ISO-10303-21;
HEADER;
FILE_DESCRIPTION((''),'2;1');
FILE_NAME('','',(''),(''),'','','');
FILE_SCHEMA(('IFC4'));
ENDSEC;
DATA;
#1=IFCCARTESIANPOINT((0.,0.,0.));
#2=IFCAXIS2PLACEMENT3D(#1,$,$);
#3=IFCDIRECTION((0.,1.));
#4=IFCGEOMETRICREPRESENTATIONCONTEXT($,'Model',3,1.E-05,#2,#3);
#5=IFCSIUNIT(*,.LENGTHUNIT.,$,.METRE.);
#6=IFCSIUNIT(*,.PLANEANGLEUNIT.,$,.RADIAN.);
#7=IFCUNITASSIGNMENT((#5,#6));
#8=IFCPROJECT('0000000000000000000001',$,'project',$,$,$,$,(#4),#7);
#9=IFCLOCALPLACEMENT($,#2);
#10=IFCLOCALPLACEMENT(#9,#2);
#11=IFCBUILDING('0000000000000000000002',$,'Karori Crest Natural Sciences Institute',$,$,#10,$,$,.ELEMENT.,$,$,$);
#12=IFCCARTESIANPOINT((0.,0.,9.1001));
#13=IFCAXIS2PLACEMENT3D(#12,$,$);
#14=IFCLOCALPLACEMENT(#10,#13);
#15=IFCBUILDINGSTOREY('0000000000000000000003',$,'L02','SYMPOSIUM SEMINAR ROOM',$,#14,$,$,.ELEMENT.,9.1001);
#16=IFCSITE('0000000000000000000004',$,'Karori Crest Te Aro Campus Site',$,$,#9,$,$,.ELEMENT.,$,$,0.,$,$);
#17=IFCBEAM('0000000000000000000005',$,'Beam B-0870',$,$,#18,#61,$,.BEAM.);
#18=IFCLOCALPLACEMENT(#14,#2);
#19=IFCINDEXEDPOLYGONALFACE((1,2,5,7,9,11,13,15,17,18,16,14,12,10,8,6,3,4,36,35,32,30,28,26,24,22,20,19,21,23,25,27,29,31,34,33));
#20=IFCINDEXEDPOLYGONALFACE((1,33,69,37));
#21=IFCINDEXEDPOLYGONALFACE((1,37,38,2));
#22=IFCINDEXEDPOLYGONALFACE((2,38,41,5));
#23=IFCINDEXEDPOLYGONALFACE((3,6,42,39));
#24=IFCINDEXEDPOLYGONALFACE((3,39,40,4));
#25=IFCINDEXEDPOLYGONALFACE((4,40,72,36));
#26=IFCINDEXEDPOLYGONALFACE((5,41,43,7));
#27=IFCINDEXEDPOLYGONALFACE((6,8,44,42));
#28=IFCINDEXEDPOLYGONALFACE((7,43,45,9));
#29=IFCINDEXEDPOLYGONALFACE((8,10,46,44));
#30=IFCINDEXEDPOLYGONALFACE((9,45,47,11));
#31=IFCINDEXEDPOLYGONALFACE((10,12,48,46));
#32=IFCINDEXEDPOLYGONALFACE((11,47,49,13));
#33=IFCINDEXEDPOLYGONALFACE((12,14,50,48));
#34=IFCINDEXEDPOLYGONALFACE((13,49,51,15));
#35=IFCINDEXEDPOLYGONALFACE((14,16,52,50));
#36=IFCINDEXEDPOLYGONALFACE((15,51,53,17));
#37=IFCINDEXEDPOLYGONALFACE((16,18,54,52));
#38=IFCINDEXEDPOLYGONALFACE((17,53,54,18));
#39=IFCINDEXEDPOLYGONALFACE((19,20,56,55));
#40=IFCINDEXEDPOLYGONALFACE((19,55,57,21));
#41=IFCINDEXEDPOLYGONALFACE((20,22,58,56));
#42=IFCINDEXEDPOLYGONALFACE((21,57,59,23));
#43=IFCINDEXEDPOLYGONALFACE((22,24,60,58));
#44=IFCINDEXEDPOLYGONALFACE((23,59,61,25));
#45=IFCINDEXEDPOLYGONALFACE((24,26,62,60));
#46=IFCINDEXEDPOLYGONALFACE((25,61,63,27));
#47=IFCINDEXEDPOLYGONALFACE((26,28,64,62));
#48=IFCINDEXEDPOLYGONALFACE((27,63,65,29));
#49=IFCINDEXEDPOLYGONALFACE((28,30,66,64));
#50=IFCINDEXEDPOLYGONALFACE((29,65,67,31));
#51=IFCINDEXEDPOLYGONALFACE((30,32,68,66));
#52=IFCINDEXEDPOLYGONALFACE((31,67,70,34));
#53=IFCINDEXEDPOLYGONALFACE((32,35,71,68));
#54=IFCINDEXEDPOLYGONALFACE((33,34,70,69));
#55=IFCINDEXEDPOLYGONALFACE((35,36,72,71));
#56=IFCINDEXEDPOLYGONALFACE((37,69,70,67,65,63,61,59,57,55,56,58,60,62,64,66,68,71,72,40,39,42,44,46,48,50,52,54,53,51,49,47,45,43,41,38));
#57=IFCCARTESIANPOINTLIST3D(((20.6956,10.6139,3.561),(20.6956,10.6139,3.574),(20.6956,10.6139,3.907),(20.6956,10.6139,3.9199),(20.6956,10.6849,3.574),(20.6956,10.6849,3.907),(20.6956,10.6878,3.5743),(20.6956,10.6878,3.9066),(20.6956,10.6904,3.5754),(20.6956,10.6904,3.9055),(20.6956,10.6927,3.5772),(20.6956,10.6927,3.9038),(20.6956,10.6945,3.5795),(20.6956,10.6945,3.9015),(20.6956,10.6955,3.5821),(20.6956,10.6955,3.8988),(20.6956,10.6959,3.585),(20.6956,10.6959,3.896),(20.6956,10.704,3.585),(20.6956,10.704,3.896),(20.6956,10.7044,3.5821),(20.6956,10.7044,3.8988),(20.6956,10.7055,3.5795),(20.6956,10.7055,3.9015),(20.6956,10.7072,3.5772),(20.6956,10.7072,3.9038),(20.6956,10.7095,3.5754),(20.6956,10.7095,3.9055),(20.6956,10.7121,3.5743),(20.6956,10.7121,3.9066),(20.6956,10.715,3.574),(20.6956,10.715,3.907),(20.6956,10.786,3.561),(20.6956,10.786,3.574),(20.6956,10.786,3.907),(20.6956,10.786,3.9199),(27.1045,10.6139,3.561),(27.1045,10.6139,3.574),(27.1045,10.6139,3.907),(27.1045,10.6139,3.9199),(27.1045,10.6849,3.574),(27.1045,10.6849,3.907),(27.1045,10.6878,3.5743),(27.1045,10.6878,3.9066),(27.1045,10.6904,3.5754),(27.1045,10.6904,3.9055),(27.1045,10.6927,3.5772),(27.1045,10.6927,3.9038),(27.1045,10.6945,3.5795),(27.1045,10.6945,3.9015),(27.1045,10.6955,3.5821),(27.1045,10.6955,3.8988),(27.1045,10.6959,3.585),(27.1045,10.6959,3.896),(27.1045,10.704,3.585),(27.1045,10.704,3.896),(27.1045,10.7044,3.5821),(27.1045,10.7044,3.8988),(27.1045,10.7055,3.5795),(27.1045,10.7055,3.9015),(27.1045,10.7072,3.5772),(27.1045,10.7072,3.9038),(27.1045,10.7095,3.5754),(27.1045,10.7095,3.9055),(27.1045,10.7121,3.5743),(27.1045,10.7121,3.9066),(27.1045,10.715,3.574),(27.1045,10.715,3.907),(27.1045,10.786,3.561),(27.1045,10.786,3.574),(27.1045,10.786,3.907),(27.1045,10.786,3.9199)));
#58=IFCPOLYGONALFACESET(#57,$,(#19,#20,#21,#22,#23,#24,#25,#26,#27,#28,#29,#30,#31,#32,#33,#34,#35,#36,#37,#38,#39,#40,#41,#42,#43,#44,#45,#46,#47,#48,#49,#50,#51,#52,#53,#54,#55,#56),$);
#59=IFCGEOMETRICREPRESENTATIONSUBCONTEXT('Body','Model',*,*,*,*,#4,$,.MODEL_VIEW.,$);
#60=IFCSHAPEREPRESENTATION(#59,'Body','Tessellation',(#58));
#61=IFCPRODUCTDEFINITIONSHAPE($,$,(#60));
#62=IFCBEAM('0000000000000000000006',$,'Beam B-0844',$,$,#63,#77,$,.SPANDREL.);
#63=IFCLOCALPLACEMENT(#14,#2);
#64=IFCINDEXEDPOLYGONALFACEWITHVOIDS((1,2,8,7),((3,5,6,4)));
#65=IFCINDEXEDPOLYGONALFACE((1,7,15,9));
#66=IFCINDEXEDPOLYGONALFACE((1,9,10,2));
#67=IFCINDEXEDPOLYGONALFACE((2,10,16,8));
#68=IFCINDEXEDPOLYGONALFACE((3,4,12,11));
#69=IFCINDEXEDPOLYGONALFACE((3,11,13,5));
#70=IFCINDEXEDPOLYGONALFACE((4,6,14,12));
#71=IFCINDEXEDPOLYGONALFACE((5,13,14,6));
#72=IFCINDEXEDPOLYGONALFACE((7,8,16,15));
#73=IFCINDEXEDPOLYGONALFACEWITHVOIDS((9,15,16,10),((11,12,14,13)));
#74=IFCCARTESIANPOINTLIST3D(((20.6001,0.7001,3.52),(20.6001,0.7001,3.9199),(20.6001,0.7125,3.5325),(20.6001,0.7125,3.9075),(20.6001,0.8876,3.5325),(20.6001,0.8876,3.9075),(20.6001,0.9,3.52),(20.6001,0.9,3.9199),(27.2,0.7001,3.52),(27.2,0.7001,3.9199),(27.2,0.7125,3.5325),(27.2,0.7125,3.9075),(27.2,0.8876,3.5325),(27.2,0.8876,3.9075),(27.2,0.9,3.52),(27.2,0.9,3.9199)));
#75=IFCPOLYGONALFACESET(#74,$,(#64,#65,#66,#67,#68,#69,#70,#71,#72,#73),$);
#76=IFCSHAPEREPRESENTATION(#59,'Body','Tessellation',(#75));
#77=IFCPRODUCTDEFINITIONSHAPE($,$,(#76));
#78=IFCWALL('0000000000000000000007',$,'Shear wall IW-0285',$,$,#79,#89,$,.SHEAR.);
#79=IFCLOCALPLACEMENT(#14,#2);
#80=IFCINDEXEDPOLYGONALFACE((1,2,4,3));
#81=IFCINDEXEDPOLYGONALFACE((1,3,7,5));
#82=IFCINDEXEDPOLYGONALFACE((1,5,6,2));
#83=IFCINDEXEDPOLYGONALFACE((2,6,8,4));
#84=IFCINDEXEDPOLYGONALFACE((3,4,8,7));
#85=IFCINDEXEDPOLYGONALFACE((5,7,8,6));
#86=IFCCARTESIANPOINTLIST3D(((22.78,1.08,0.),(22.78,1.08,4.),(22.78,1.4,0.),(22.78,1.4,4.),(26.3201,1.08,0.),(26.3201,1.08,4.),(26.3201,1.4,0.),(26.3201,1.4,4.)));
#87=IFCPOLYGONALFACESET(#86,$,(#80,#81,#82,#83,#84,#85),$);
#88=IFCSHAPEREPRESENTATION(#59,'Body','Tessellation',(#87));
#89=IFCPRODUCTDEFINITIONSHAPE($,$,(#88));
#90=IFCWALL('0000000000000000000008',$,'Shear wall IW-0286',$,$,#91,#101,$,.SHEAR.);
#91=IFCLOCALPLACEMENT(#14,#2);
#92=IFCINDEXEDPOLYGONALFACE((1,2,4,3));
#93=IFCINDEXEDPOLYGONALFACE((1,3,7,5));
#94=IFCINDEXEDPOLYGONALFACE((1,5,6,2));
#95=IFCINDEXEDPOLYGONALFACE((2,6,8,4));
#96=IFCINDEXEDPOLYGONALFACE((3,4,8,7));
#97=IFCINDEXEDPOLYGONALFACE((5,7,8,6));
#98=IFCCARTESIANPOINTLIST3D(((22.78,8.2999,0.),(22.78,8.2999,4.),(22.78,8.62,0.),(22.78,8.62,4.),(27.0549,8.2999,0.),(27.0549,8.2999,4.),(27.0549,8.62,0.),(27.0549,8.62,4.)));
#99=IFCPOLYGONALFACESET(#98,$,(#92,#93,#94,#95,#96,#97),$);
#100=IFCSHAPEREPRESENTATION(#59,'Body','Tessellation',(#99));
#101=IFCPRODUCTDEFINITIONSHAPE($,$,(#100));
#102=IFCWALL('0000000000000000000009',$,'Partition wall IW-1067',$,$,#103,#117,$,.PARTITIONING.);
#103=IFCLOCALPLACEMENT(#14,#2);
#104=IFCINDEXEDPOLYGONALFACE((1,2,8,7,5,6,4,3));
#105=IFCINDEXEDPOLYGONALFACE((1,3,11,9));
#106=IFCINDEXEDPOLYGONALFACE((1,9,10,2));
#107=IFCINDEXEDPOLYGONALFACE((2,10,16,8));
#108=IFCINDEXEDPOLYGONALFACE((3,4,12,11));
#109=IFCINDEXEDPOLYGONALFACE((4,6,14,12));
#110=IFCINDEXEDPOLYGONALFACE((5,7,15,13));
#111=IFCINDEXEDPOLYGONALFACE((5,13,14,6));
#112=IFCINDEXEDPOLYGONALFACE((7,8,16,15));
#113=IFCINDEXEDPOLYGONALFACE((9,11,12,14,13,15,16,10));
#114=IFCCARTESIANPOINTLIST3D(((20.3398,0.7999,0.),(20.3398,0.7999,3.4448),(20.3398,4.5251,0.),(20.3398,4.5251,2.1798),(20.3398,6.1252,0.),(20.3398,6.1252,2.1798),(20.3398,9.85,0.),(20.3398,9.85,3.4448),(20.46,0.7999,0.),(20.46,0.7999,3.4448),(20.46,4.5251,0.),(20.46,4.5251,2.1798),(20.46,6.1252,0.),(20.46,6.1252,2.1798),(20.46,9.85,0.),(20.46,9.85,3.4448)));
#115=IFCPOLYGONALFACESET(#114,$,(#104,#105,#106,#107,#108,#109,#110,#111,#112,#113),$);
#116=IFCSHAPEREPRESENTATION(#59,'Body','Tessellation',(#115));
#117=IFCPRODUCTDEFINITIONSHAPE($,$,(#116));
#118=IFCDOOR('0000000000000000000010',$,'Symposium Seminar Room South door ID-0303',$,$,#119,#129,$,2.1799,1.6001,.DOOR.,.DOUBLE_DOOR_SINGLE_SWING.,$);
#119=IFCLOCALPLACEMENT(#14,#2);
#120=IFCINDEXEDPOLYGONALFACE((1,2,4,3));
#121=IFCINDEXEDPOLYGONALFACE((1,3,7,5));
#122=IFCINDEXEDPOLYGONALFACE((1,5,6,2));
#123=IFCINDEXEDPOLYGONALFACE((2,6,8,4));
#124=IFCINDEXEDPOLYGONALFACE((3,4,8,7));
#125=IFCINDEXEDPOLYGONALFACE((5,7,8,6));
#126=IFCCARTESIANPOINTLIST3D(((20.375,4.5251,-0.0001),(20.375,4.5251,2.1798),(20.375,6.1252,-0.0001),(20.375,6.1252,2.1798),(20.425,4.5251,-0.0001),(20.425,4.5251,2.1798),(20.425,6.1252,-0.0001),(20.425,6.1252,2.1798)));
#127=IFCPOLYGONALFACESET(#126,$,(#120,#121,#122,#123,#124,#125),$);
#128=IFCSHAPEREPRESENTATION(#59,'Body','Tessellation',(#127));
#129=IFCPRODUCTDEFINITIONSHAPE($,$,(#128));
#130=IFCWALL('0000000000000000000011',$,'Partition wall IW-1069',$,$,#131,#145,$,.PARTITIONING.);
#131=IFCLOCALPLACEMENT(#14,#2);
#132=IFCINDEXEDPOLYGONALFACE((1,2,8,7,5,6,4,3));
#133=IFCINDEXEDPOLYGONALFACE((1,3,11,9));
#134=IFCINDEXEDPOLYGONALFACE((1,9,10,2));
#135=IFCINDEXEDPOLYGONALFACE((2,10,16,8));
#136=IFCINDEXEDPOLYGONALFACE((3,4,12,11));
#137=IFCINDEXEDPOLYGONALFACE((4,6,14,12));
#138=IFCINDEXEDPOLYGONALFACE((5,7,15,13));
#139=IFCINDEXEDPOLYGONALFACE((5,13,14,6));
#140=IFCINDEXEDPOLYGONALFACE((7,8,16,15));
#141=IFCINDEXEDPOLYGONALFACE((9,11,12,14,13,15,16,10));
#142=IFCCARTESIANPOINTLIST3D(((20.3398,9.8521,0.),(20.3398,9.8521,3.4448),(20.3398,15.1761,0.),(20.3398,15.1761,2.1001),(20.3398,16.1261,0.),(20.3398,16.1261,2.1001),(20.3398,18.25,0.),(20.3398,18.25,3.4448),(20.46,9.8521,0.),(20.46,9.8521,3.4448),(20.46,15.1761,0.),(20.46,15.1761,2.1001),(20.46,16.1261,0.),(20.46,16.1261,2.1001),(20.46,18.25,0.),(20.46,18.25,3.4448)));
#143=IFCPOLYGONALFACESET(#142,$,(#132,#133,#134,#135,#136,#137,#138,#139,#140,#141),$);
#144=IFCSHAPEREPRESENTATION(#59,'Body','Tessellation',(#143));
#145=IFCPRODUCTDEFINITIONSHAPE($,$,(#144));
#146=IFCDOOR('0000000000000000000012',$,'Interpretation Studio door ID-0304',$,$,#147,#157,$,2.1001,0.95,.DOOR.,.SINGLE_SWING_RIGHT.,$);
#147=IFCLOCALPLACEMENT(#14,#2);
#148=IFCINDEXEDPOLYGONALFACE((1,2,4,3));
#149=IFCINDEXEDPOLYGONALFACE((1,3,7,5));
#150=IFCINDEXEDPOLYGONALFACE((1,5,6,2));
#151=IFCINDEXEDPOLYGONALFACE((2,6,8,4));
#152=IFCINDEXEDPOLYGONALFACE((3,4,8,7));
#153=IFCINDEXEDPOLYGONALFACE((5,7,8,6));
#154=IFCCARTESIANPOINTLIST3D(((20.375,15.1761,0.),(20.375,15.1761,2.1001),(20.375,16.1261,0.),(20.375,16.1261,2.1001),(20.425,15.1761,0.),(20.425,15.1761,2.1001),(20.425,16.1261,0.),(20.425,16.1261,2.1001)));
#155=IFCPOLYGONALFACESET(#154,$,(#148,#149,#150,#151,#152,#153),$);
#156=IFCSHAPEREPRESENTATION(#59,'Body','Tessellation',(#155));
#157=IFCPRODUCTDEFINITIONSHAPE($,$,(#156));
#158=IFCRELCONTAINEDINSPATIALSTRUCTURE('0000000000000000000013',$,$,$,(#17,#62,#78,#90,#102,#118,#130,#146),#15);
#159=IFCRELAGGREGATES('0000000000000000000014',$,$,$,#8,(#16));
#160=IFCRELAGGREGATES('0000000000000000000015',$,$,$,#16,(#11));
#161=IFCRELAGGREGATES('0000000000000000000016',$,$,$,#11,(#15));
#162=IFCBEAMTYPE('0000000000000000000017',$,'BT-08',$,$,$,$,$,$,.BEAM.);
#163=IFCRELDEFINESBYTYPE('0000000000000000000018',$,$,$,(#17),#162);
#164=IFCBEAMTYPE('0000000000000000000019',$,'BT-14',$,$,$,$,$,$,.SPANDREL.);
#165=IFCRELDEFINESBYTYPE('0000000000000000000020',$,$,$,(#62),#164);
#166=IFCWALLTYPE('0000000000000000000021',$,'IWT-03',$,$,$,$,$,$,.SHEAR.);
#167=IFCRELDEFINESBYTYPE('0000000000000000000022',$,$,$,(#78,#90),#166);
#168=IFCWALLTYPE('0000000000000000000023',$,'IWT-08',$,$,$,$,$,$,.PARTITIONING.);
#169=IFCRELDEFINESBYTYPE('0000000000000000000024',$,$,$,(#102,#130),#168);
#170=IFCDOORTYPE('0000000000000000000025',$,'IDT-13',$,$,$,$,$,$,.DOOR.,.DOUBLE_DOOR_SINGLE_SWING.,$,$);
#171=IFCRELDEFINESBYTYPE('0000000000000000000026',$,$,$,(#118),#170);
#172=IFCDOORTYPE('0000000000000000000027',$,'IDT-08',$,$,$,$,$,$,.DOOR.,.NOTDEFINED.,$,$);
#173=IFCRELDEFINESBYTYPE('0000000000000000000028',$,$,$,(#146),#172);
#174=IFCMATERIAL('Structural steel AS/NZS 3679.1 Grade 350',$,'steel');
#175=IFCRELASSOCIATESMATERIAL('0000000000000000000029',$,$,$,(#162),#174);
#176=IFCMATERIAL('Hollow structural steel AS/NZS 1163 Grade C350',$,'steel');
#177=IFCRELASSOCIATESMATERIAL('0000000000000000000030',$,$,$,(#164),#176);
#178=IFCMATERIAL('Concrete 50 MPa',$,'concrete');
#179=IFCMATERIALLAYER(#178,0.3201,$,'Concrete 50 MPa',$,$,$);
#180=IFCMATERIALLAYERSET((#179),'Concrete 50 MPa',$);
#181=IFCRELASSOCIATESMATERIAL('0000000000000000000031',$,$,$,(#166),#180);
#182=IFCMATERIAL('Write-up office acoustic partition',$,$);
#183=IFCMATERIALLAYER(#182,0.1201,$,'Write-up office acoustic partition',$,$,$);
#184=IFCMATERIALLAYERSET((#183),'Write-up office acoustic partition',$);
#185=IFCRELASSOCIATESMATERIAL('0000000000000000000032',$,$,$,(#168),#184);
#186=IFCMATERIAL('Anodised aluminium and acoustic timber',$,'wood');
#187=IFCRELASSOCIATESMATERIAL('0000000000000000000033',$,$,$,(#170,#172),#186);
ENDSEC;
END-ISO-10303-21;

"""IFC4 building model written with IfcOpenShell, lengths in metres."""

from ifc_helpers import new_model, si_unit, direction, frame, frame_2d, origin, origin_2d, place, context, subcontext, project, spatial, rectangle, hollow_rectangle, i_section, extrude, material, layer, layer_set, material_profile, profile_set, type_object, element, fill, save


model = new_model("IFC4")

# Units and contexts
model_context = context("Model", 3, precision=1e-05, world=origin(), true_north=direction((0.0, 1.0)))
body_context = subcontext(model_context, "Body", "Model", "MODEL_VIEW")
ifc_project = project(units=[si_unit("LENGTHUNIT", "METRE"), si_unit("PLANEANGLEUNIT", "RADIAN")], contexts=[model_context])

# Site, building, storey
site_placement = place(None, origin())
site = spatial("IfcSite", under=ifc_project, at=site_placement, Name="Karori Crest Te Aro Campus Site", CompositionType="ELEMENT", RefElevation=0.0)
building_placement = place(site_placement, origin())
building = spatial("IfcBuilding", under=site, at=building_placement, Name="Karori Crest Natural Sciences Institute", CompositionType="ELEMENT")
storey_placement = place(building_placement, frame((0.0, 0.0, 9.1001)))
storey = spatial("IfcBuildingStorey", under=building, at=storey_placement, Name="L02", Description="SYMPOSIUM SEMINAR ROOM", CompositionType="ELEMENT", Elevation=9.1001)

# Shared definitions
ifc_material_1 = material(Name="Structural steel AS/NZS 3679.1 Grade 350", Category="steel")
ifc_material_2 = material(Name="Hollow structural steel AS/NZS 1163 Grade C350", Category="steel")

# Beams
ifc_material_profile_1 = material_profile(ifc_material_1, i_section(OverallWidth=0.1721, OverallDepth=0.3589, WebThickness=0.0081, FlangeThickness=0.0129, FilletRadius=0.011, at=origin_2d()), Name="360UB56.7")
ifc_profile_set_1 = profile_set([ifc_material_profile_1], Name="Structural steel AS/NZS 3679.1 Grade 350")
beam_type_1 = type_object("IfcBeamType", Name="BT-08", PredefinedType="BEAM", material=ifc_profile_set_1)
for number, where, z_axis, x_axis, name in (
    (1, (20.6956, 10.7, 3.7405), (1.0, 0.0, 0.0), (0.0, 1.0, 0.0), "Beam B-0870"),
):
    element("IfcBeam", number, at=place(storey_placement, frame(where, z_axis=z_axis, x_axis=x_axis)), inside=storey, type_object=beam_type_1, Name=name, PredefinedType="BEAM", context=body_context, shape_type="SweptSolid", body=[
        extrude(i_section(OverallWidth=0.1721, OverallDepth=0.3589, WebThickness=0.0081, FlangeThickness=0.0129, FilletRadius=0.011, at=origin_2d()), origin(), (0.0, 0.0, 1.0), 6.4089),
    ])
ifc_material_profile_2 = material_profile(ifc_material_2, hollow_rectangle(XDim=0.2, YDim=0.3999, WallThickness=0.0125, at=origin_2d()), Name="RHS400x200x12.5")
ifc_profile_set_2 = profile_set([ifc_material_profile_2], Name="Hollow structural steel AS/NZS 1163 Grade C350")
beam_type_2 = type_object("IfcBeamType", Name="BT-14", PredefinedType="SPANDREL", material=ifc_profile_set_2)
beam_1_placement = place(storey_placement, frame((20.6001, 0.8, 3.72), z_axis=(1.0, 0.0, 0.0), x_axis=(0.0, 1.0, 0.0)))
element("IfcBeam", 2, at=beam_1_placement, inside=storey, type_object=beam_type_2, Name="Beam B-0844", PredefinedType="SPANDREL", context=body_context, shape_type="SweptSolid", body=[
    extrude(hollow_rectangle(XDim=0.2, YDim=0.3999, WallThickness=0.0125, at=origin_2d()), origin(), (0.0, 0.0, 1.0), 6.5999),
])

# Walls
ifc_material_3 = material(Name="Concrete 50 MPa", Category="concrete")
ifc_layer_1 = layer(ifc_material_3, 0.3201, Name="Concrete 50 MPa")
ifc_layer_set_1 = layer_set([ifc_layer_1], Name="Concrete 50 MPa")
wall_type_1 = type_object("IfcWallType", Name="IWT-03", PredefinedType="SHEAR", material=ifc_layer_set_1)
wall_1_placement = place(storey_placement, frame((22.78, 1.24, 0.0), z_axis=(0.0, 0.0, 1.0), x_axis=(1.0, 0.0, 0.0)))
element("IfcWall", 3, at=wall_1_placement, inside=storey, type_object=wall_type_1, Name="Shear wall IW-0285", PredefinedType="SHEAR", context=body_context, shape_type="SweptSolid", body=[
    extrude(rectangle(XDim=3.54, YDim=0.3201, at=frame_2d((1.77, 0.0))), origin(), (0.0, 0.0, 1.0), 4.0),
])
wall_2_placement = place(storey_placement, frame((22.78, 8.46, 0.0), z_axis=(0.0, 0.0, 1.0), x_axis=(1.0, 0.0, 0.0)))
element("IfcWall", 4, at=wall_2_placement, inside=storey, type_object=wall_type_1, Name="Shear wall IW-0286", PredefinedType="SHEAR", context=body_context, shape_type="SweptSolid", body=[
    extrude(rectangle(XDim=4.2749, YDim=0.3201, at=frame_2d((2.1375, 0.0))), origin(), (0.0, 0.0, 1.0), 4.0),
])

# Walls, openings, doors
ifc_material_4 = material(Name="Write-up office acoustic partition")
ifc_layer_2 = layer(ifc_material_4, 0.1201, Name="Write-up office acoustic partition")
ifc_layer_set_2 = layer_set([ifc_layer_2], Name="Write-up office acoustic partition")
wall_type_2 = type_object("IfcWallType", Name="IWT-08", PredefinedType="PARTITIONING", material=ifc_layer_set_2)
wall_3_placement = place(storey_placement, frame((20.3999, 0.8, 0.0), z_axis=(0.0, 0.0, 1.0), x_axis=(0.0, 1.0, 0.0)))
wall_3 = element("IfcWall", 5, at=wall_3_placement, inside=storey, type_object=wall_type_2, Name="Partition wall IW-1067", PredefinedType="PARTITIONING", context=body_context, shape_type="SweptSolid", body=[
    extrude(rectangle(XDim=9.05, YDim=0.1201, at=frame_2d((4.5249, 0.0))), origin(), (0.0, 0.0, 1.0), 3.4448),
])
opening_1_placement = place(wall_3_placement, frame((3.7251, 0.0, 0.0)))
opening_1 = element("IfcOpeningElement", 6, at=opening_1_placement, cuts=wall_3, PredefinedType="OPENING", context=body_context, shape_type="SweptSolid", body=[
    extrude(rectangle(XDim=1.6001, YDim=2.1799, at=frame_2d((0.8, 1.0898))), frame((0.0, 0.0701, 0.0), z_axis=(0.0, -1.0, 0.0), x_axis=(1.0, 0.0, 0.0)), (0.0, 0.0, 1.0), 0.1401),
])
ifc_material_5 = material(Name="Anodised aluminium and acoustic timber", Category="wood")
door_type_1 = type_object("IfcDoorType", Name="IDT-13", OperationType="DOUBLE_DOOR_SINGLE_SWING", PredefinedType="DOOR", material=ifc_material_5)
door_1_placement = place(opening_1_placement, origin())
door_1 = element("IfcDoor", 7, at=door_1_placement, inside=storey, type_object=door_type_1, Name="Symposium Seminar Room South door ID-0303", OperationType="DOUBLE_DOOR_SINGLE_SWING", OverallHeight=2.1799, OverallWidth=1.6001, PredefinedType="DOOR", context=body_context, shape_type="SweptSolid", body=[
    extrude(rectangle(XDim=1.6001, YDim=2.1799, at=frame_2d((0.8, 1.0898))), frame((0.0, 0.0249, 0.0), z_axis=(0.0, -1.0, 0.0), x_axis=(1.0, 0.0, 0.0)), (0.0, 0.0, 1.0), 0.05),
])
fill(opening_1, door_1)
wall_4_placement = place(storey_placement, frame((20.3999, 9.8521, 0.0), z_axis=(0.0, 0.0, 1.0), x_axis=(0.0, 1.0, 0.0)))
wall_4 = element("IfcWall", 8, at=wall_4_placement, inside=storey, type_object=wall_type_2, Name="Partition wall IW-1069", PredefinedType="PARTITIONING", context=body_context, shape_type="SweptSolid", body=[
    extrude(rectangle(XDim=8.3979, YDim=0.1201, at=frame_2d((4.199, 0.0))), origin(), (0.0, 0.0, 1.0), 3.4448),
])
opening_2_placement = place(wall_4_placement, frame((5.324, 0.0, 0.0)))
opening_2 = element("IfcOpeningElement", 9, at=opening_2_placement, cuts=wall_4, PredefinedType="OPENING", context=body_context, shape_type="SweptSolid", body=[
    extrude(rectangle(XDim=0.95, YDim=2.1001, at=frame_2d((0.4751, 1.05))), frame((0.0, 0.0701, 0.0), z_axis=(0.0, -1.0, 0.0), x_axis=(1.0, 0.0, 0.0)), (0.0, 0.0, 1.0), 0.1401),
])
door_type_2 = type_object("IfcDoorType", Name="IDT-08", OperationType="NOTDEFINED", PredefinedType="DOOR", material=ifc_material_5)
door_2_placement = place(opening_2_placement, origin())
door_2 = element("IfcDoor", 10, at=door_2_placement, inside=storey, type_object=door_type_2, Name="Interpretation Studio door ID-0304", OperationType="SINGLE_SWING_RIGHT", OverallHeight=2.1001, OverallWidth=0.95, PredefinedType="DOOR", context=body_context, shape_type="SweptSolid", body=[
    extrude(rectangle(XDim=0.95, YDim=2.1001, at=frame_2d((0.4751, 1.05))), frame((0.0, 0.0249, 0.0), z_axis=(0.0, -1.0, 0.0), x_axis=(1.0, 0.0, 0.0)), (0.0, 0.0, 1.0), 0.05),
])
fill(opening_2, door_2)

save(model, "model.ifc")
